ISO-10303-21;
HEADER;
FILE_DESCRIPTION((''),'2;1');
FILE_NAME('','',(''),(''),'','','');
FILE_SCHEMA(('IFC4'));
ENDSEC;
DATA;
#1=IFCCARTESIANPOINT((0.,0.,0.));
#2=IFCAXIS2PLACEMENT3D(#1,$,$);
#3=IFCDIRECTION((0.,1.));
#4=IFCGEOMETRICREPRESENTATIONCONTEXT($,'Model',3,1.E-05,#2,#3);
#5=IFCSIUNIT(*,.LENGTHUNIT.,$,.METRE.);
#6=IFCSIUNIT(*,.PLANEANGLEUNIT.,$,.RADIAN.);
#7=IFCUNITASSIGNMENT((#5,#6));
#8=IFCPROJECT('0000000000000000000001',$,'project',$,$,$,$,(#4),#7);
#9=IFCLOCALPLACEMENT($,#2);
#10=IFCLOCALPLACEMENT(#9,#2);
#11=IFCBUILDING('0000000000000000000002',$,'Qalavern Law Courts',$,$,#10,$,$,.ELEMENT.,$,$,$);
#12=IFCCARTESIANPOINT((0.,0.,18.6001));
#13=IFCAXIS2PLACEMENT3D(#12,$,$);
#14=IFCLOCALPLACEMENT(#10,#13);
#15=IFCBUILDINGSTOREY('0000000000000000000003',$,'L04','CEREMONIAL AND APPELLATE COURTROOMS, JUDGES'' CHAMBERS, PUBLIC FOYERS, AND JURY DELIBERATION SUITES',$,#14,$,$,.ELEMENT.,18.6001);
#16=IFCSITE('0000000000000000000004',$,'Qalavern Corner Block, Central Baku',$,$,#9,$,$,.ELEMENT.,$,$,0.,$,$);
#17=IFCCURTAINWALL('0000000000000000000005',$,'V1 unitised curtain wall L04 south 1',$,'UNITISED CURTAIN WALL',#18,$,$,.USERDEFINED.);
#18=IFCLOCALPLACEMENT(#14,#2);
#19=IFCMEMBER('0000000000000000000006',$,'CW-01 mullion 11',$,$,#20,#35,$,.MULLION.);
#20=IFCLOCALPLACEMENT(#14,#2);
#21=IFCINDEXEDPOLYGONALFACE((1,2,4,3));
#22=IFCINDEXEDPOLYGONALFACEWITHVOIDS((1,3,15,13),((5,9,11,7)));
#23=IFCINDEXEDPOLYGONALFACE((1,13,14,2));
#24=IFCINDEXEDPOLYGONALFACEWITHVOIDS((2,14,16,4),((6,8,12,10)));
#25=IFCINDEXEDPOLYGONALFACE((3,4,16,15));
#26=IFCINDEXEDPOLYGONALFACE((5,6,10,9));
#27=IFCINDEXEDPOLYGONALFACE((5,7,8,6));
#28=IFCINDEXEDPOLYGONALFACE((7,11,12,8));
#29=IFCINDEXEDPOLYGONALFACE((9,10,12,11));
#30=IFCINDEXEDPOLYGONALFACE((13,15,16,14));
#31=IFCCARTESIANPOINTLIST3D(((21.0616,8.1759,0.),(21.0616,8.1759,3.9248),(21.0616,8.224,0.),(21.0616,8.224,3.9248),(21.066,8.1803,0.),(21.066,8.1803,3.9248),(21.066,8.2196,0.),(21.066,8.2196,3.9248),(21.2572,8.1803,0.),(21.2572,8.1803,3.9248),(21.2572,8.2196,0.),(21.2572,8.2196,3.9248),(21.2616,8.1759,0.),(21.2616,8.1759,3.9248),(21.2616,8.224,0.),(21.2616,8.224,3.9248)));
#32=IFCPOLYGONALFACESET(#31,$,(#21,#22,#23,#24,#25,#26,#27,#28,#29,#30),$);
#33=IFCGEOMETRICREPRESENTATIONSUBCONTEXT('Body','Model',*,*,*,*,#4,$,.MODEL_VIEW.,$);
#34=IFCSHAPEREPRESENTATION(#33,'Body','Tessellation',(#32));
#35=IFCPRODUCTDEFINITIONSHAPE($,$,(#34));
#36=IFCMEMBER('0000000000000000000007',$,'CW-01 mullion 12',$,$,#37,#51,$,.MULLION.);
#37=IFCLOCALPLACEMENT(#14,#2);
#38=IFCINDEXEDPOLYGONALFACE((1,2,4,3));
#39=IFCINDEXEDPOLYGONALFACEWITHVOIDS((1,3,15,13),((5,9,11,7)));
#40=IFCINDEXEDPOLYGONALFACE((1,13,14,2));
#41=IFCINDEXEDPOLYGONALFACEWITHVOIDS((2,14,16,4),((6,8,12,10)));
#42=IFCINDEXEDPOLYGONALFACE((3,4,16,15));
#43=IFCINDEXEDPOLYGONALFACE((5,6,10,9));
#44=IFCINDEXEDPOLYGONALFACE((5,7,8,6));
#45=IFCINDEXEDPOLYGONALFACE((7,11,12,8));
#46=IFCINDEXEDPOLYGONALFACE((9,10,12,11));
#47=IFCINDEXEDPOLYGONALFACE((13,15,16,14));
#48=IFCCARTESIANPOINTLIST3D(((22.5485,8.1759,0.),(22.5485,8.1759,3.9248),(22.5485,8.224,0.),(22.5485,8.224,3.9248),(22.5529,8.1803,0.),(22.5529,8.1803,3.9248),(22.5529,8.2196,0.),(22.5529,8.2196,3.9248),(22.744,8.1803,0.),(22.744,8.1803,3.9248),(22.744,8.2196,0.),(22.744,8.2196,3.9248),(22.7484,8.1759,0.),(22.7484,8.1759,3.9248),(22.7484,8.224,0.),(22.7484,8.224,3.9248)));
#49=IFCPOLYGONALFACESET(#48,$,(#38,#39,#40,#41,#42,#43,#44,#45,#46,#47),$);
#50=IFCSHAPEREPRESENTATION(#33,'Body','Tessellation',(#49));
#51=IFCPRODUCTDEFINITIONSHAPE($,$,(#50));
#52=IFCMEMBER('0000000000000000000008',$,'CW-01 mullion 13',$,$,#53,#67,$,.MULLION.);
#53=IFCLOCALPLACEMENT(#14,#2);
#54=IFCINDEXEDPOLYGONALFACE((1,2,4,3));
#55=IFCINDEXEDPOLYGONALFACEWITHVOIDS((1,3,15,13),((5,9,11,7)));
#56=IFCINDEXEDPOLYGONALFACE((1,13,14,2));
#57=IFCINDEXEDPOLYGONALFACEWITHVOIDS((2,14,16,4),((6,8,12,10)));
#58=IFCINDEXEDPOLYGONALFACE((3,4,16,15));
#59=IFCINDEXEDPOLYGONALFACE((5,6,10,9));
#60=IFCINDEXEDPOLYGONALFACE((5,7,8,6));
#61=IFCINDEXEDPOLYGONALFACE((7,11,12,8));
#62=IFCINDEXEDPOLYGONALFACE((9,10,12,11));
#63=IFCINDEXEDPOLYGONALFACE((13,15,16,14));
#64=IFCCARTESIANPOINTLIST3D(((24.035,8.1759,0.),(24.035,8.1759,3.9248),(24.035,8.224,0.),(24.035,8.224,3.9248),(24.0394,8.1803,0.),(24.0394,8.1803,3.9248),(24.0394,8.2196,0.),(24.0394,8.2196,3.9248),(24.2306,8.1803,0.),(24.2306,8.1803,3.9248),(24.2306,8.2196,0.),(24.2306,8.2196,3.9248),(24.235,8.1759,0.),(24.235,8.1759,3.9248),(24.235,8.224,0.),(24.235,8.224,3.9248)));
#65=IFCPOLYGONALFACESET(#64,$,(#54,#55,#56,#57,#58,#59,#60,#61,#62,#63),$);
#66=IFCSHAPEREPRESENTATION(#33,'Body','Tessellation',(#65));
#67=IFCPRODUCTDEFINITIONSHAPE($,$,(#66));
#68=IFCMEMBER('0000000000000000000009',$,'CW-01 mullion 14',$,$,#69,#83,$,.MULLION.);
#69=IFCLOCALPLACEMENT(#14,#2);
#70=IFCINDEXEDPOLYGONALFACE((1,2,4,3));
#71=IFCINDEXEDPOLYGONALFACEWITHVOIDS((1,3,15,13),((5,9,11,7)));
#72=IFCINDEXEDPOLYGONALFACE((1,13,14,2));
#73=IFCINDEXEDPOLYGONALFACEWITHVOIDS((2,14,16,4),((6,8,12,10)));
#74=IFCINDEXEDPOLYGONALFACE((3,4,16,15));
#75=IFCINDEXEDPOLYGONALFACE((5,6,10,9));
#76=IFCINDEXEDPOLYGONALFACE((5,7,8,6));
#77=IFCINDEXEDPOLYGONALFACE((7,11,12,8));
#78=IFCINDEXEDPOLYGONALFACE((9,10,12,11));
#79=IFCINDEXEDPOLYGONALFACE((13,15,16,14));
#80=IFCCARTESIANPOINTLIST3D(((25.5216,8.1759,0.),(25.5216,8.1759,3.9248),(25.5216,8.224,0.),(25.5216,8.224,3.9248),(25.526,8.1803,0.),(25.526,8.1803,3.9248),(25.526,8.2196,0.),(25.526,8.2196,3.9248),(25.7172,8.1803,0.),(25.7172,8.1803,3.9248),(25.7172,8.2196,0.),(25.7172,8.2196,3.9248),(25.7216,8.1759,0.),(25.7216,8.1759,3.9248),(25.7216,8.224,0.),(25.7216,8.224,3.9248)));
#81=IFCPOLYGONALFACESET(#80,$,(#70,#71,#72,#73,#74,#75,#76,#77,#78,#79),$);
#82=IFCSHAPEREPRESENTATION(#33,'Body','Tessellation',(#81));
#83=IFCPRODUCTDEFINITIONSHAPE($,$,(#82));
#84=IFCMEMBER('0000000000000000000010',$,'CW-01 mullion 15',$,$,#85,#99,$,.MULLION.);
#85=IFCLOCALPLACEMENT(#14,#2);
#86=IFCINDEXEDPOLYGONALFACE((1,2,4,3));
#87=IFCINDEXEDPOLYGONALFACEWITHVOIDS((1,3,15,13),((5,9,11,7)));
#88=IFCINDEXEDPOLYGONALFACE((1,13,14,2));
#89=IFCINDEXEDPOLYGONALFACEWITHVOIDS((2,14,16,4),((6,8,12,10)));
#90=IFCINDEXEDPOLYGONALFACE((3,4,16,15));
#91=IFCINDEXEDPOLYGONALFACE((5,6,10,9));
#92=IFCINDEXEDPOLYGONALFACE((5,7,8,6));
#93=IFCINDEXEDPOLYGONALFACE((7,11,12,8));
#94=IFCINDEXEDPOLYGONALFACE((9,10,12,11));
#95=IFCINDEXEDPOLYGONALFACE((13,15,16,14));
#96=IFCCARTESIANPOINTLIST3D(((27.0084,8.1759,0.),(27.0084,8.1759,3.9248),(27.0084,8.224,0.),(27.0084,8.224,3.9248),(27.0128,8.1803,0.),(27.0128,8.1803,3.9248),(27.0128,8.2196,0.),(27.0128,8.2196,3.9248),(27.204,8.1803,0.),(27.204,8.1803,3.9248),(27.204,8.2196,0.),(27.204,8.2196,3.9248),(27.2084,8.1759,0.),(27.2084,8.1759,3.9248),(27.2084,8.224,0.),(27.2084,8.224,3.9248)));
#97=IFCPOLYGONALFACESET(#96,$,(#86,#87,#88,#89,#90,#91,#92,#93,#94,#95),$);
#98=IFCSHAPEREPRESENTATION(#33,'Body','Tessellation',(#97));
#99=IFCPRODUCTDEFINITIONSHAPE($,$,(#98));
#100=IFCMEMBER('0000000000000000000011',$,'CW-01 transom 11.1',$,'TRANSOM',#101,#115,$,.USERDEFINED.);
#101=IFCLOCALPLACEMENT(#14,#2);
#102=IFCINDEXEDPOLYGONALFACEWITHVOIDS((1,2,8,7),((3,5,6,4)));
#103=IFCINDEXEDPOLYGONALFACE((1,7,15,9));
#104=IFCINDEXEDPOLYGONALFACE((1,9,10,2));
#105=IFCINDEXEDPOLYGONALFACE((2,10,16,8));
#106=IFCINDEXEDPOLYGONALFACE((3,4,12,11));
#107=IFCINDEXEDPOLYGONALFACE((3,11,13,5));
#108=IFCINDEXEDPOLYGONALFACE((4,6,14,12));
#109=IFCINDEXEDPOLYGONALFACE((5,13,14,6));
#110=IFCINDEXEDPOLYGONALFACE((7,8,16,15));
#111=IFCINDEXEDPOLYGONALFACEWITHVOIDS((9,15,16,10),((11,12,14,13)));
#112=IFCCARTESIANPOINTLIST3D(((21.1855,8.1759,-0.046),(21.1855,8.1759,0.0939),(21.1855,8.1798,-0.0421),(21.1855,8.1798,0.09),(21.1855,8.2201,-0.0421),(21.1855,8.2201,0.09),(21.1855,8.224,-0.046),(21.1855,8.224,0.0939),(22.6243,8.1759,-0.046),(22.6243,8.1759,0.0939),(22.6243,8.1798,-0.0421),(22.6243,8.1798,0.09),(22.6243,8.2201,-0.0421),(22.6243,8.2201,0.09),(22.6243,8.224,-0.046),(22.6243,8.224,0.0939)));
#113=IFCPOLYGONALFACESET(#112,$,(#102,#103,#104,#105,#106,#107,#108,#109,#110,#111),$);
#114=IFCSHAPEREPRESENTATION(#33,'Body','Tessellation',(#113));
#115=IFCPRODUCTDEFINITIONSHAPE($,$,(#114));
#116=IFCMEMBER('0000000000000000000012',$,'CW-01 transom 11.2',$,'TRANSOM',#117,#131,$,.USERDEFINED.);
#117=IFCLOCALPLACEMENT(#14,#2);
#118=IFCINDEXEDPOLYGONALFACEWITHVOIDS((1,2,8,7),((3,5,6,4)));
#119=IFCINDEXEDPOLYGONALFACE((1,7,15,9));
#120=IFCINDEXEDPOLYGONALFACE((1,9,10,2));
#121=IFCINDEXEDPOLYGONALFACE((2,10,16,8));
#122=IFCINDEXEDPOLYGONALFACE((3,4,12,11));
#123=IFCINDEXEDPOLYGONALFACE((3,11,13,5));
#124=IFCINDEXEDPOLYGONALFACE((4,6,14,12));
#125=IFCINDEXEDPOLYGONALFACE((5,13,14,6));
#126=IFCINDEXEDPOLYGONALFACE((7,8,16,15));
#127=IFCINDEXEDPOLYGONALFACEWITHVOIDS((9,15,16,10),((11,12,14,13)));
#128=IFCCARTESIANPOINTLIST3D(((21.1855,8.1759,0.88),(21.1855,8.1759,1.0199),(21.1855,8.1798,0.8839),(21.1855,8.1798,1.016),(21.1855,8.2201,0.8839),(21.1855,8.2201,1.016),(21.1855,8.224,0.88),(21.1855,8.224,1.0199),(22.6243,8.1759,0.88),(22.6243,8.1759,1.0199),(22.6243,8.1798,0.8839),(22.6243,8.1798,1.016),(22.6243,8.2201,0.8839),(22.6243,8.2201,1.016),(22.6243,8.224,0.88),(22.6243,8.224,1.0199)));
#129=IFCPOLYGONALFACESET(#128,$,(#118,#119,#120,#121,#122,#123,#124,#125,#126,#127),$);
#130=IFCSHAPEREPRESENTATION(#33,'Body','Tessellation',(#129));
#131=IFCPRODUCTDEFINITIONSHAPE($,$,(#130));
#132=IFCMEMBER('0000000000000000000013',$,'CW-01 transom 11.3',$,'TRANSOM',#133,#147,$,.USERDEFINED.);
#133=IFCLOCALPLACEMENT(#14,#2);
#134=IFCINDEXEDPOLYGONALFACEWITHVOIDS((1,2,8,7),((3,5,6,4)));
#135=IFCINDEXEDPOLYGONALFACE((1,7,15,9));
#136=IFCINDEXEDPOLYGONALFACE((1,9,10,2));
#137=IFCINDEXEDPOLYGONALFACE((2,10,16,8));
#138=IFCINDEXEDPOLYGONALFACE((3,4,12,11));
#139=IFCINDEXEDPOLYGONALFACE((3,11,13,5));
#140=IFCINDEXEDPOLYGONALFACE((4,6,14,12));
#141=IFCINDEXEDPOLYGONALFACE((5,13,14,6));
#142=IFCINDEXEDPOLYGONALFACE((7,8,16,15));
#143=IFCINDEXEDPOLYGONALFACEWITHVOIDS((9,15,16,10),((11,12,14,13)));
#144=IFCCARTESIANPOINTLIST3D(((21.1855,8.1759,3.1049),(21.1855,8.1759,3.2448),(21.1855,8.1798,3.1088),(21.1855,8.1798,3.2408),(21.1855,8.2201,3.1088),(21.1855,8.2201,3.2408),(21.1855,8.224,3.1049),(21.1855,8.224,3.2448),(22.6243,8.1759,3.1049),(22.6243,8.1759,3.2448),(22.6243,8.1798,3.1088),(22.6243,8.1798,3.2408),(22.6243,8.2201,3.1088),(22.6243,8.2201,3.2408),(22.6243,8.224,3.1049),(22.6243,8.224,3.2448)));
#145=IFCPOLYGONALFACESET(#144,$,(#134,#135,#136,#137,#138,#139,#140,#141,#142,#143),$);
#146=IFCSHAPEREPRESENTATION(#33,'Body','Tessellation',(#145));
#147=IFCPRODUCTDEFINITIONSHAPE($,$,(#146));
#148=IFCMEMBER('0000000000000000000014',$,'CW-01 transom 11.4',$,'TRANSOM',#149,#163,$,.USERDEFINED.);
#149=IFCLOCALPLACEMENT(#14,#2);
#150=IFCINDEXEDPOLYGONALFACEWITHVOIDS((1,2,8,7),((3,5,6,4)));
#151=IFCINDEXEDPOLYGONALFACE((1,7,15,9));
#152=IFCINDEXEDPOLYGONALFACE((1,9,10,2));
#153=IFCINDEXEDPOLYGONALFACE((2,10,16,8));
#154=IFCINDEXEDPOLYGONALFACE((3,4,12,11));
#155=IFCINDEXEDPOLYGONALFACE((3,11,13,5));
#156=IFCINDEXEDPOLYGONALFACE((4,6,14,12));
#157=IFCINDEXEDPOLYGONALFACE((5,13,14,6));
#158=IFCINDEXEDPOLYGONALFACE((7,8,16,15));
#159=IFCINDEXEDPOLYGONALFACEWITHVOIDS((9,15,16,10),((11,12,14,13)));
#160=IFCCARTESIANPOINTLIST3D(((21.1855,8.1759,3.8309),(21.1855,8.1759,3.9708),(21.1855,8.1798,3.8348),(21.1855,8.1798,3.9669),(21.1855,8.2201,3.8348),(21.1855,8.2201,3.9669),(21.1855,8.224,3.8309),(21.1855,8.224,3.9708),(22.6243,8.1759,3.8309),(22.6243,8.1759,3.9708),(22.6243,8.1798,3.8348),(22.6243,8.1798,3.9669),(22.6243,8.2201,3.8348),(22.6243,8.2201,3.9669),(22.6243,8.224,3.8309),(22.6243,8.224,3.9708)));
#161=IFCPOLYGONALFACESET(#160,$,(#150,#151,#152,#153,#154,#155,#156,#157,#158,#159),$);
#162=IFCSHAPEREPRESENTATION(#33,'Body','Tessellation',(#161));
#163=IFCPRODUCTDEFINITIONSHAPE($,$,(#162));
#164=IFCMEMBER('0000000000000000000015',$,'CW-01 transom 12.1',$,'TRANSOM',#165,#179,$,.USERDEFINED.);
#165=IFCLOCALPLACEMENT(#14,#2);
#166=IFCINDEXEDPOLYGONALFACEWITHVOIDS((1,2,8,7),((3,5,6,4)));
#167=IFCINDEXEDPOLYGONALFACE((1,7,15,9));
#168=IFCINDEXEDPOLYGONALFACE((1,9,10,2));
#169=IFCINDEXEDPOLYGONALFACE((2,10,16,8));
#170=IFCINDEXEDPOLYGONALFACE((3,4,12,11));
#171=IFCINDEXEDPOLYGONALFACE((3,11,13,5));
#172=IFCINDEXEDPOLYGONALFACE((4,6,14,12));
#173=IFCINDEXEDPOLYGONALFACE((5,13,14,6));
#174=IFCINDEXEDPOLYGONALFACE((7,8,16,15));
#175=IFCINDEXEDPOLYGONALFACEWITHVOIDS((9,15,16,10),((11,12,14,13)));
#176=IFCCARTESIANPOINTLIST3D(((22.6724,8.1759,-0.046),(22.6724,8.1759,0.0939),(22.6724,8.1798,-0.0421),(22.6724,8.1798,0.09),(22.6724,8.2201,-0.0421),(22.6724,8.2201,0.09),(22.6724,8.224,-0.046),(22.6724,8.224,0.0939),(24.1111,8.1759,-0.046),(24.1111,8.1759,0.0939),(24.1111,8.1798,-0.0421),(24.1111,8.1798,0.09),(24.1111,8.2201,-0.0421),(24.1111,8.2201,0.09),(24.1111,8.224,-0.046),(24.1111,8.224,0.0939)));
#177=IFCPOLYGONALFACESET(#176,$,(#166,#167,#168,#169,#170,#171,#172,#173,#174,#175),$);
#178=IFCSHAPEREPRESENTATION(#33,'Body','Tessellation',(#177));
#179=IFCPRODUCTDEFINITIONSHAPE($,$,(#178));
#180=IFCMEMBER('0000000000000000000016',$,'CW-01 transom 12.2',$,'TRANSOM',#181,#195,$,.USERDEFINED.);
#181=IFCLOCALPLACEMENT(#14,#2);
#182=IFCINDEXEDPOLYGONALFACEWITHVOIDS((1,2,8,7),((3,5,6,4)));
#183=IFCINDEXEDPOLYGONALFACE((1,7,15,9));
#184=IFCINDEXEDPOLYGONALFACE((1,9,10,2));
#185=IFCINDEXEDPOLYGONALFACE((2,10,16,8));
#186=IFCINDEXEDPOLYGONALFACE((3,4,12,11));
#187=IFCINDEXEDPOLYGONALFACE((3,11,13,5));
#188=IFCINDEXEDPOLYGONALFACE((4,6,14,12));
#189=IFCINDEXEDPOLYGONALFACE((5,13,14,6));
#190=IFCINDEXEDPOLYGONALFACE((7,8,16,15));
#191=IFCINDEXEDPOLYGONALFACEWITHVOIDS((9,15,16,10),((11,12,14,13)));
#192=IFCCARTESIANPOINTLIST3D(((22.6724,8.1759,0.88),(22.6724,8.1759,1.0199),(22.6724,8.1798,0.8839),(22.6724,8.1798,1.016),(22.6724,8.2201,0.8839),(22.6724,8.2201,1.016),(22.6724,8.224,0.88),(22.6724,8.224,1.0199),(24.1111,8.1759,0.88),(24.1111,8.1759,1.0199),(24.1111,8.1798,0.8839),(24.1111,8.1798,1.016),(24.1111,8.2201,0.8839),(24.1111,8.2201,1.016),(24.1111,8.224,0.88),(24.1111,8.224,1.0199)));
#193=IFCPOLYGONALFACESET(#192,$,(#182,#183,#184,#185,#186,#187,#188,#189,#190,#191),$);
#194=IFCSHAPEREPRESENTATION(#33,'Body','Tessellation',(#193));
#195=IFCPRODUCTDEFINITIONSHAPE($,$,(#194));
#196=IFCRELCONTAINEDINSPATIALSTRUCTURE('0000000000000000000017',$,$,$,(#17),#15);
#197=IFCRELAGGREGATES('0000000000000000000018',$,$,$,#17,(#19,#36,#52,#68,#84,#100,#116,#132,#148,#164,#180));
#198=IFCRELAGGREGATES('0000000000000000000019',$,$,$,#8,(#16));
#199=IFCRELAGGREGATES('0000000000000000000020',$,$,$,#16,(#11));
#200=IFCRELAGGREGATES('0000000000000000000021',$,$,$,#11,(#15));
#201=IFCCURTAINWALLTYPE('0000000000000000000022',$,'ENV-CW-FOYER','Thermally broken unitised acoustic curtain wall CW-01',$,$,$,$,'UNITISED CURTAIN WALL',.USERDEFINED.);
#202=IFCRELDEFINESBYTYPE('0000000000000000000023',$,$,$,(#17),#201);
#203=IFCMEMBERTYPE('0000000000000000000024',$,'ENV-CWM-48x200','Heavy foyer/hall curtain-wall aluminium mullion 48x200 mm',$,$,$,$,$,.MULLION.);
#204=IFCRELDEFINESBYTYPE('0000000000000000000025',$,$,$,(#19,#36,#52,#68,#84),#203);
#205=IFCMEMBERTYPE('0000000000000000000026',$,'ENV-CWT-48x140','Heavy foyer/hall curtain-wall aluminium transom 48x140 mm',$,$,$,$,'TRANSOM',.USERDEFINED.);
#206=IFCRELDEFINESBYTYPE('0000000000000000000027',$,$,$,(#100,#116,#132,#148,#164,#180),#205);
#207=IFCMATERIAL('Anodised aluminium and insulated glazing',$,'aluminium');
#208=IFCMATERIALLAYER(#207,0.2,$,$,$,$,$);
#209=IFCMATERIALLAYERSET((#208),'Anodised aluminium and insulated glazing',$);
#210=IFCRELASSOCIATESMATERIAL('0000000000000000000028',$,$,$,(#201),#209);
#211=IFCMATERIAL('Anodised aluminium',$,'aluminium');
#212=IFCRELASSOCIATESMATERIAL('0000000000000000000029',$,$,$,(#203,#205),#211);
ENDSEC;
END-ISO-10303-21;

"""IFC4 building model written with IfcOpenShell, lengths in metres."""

from ifc_helpers import new_model, si_unit, direction, frame, origin, origin_2d, place, context, subcontext, project, spatial, hollow_rectangle, extrude, material, layer, layer_set, material_profile, profile_set, type_object, element, aggregate, save


model = new_model("IFC4")

# Units and contexts
model_context = context("Model", 3, precision=1e-05, world=origin(), true_north=direction((0.0, 1.0)))
body_context = subcontext(model_context, "Body", "Model", "MODEL_VIEW")
ifc_project = project(units=[si_unit("LENGTHUNIT", "METRE"), si_unit("PLANEANGLEUNIT", "RADIAN")], contexts=[model_context])

# Site, building, storey
site_placement = place(None, origin())
site = spatial("IfcSite", under=ifc_project, at=site_placement, Name="Qalavern Corner Block, Central Baku", CompositionType="ELEMENT", RefElevation=0.0)
building_placement = place(site_placement, origin())
building = spatial("IfcBuilding", under=site, at=building_placement, Name="Qalavern Law Courts", CompositionType="ELEMENT")
storey_placement = place(building_placement, frame((0.0, 0.0, 18.6001)))
storey = spatial("IfcBuildingStorey", under=building, at=storey_placement, Name="L04", Description="CEREMONIAL AND APPELLATE COURTROOMS, JUDGES' CHAMBERS, PUBLIC FOYERS, AND JURY DELIBERATION SUITES", CompositionType="ELEMENT", Elevation=18.6001)

# Curtain wall, members
ifc_material_1 = material(Name="Anodised aluminium and insulated glazing", Category="aluminium")
ifc_layer_1 = layer(ifc_material_1, 0.2)
ifc_layer_set_1 = layer_set([ifc_layer_1], Name="Anodised aluminium and insulated glazing")
curtain_wall_type = type_object("IfcCurtainWallType", Name="ENV-CW-FOYER", Description="Thermally broken unitised acoustic curtain wall CW-01", ElementType="UNITISED CURTAIN WALL", PredefinedType="USERDEFINED", material=ifc_layer_set_1)
curtain_wall_placement = place(storey_placement, origin())
curtain_wall = element("IfcCurtainWall", 1, at=curtain_wall_placement, inside=storey, type_object=curtain_wall_type, Name="V1 unitised curtain wall L04 south 1", ObjectType="UNITISED CURTAIN WALL", PredefinedType="USERDEFINED")
ifc_material_2 = material(Name="Anodised aluminium", Category="aluminium")
ifc_material_profile_1 = material_profile(ifc_material_2, hollow_rectangle(XDim=0.0481, YDim=0.2, WallThickness=0.0044, at=origin_2d()), Name="ALU MULLION 48x200")
ifc_profile_set_1 = profile_set([ifc_material_profile_1], Name="Anodised aluminium")
member_type_1 = type_object("IfcMemberType", Name="ENV-CWM-48x200", Description="Heavy foyer/hall curtain-wall aluminium mullion 48x200 mm", PredefinedType="MULLION", material=ifc_profile_set_1)
member_1_placement = place(storey_placement, frame((21.1616, 8.2, 0.0), z_axis=(0.0, 0.0, 1.0), x_axis=(0.0, 1.0, 0.0)))
member_1 = element("IfcMember", 2, at=member_1_placement, type_object=member_type_1, Name="CW-01 mullion 11", PredefinedType="MULLION", context=body_context, shape_type="SweptSolid", body=[
    extrude(hollow_rectangle(XDim=0.0481, YDim=0.2, WallThickness=0.0044, at=origin_2d()), origin(), (0.0, 0.0, 1.0), 3.9248),
])
member_2_placement = place(storey_placement, frame((22.6484, 8.2, 0.0), z_axis=(0.0, 0.0, 1.0), x_axis=(0.0, 1.0, 0.0)))
member_2 = element("IfcMember", 3, at=member_2_placement, type_object=member_type_1, Name="CW-01 mullion 12", PredefinedType="MULLION", context=body_context, shape_type="SweptSolid", body=[
    extrude(hollow_rectangle(XDim=0.0481, YDim=0.2, WallThickness=0.0044, at=origin_2d()), origin(), (0.0, 0.0, 1.0), 3.9248),
])
member_3_placement = place(storey_placement, frame((24.135, 8.2, 0.0), z_axis=(0.0, 0.0, 1.0), x_axis=(0.0, 1.0, 0.0)))
member_3 = element("IfcMember", 4, at=member_3_placement, type_object=member_type_1, Name="CW-01 mullion 13", PredefinedType="MULLION", context=body_context, shape_type="SweptSolid", body=[
    extrude(hollow_rectangle(XDim=0.0481, YDim=0.2, WallThickness=0.0044, at=origin_2d()), origin(), (0.0, 0.0, 1.0), 3.9248),
])
member_4_placement = place(storey_placement, frame((25.6216, 8.2, 0.0), z_axis=(0.0, 0.0, 1.0), x_axis=(0.0, 1.0, 0.0)))
member_4 = element("IfcMember", 5, at=member_4_placement, type_object=member_type_1, Name="CW-01 mullion 14", PredefinedType="MULLION", context=body_context, shape_type="SweptSolid", body=[
    extrude(hollow_rectangle(XDim=0.0481, YDim=0.2, WallThickness=0.0044, at=origin_2d()), origin(), (0.0, 0.0, 1.0), 3.9248),
])
member_5_placement = place(storey_placement, frame((27.1084, 8.2, 0.0), z_axis=(0.0, 0.0, 1.0), x_axis=(0.0, 1.0, 0.0)))
member_5 = element("IfcMember", 6, at=member_5_placement, type_object=member_type_1, Name="CW-01 mullion 15", PredefinedType="MULLION", context=body_context, shape_type="SweptSolid", body=[
    extrude(hollow_rectangle(XDim=0.0481, YDim=0.2, WallThickness=0.0044, at=origin_2d()), origin(), (0.0, 0.0, 1.0), 3.9248),
])
ifc_material_profile_2 = material_profile(ifc_material_2, hollow_rectangle(XDim=0.0481, YDim=0.1399, WallThickness=0.0039, at=origin_2d()), Name="ALU TRANSOM 48x140")
ifc_profile_set_2 = profile_set([ifc_material_profile_2], Name="Anodised aluminium")
member_type_2 = type_object("IfcMemberType", Name="ENV-CWT-48x140", Description="Heavy foyer/hall curtain-wall aluminium transom 48x140 mm", ElementType="TRANSOM", PredefinedType="USERDEFINED", material=ifc_profile_set_2)
member_6_placement = place(storey_placement, frame((21.1855, 8.2, 0.0239), z_axis=(1.0, 0.0, 0.0), x_axis=(0.0, 1.0, 0.0)))
member_6 = element("IfcMember", 7, at=member_6_placement, type_object=member_type_2, Name="CW-01 transom 11.1", ObjectType="TRANSOM", PredefinedType="USERDEFINED", context=body_context, shape_type="SweptSolid", body=[
    extrude(hollow_rectangle(XDim=0.0481, YDim=0.1399, WallThickness=0.0039, at=origin_2d()), origin(), (0.0, 0.0, 1.0), 1.4387),
])
member_7_placement = place(storey_placement, frame((21.1855, 8.2, 0.95), z_axis=(1.0, 0.0, 0.0), x_axis=(0.0, 1.0, 0.0)))
member_7 = element("IfcMember", 8, at=member_7_placement, type_object=member_type_2, Name="CW-01 transom 11.2", ObjectType="TRANSOM", PredefinedType="USERDEFINED", context=body_context, shape_type="SweptSolid", body=[
    extrude(hollow_rectangle(XDim=0.0481, YDim=0.1399, WallThickness=0.0039, at=origin_2d()), origin(), (0.0, 0.0, 1.0), 1.4387),
])
member_8_placement = place(storey_placement, frame((21.1855, 8.2, 3.1748), z_axis=(1.0, 0.0, 0.0), x_axis=(0.0, 1.0, 0.0)))
member_8 = element("IfcMember", 9, at=member_8_placement, type_object=member_type_2, Name="CW-01 transom 11.3", ObjectType="TRANSOM", PredefinedType="USERDEFINED", context=body_context, shape_type="SweptSolid", body=[
    extrude(hollow_rectangle(XDim=0.0481, YDim=0.1399, WallThickness=0.0039, at=origin_2d()), origin(), (0.0, 0.0, 1.0), 1.4387),
])
member_9_placement = place(storey_placement, frame((21.1855, 8.2, 3.9009), z_axis=(1.0, 0.0, 0.0), x_axis=(0.0, 1.0, 0.0)))
member_9 = element("IfcMember", 10, at=member_9_placement, type_object=member_type_2, Name="CW-01 transom 11.4", ObjectType="TRANSOM", PredefinedType="USERDEFINED", context=body_context, shape_type="SweptSolid", body=[
    extrude(hollow_rectangle(XDim=0.0481, YDim=0.1399, WallThickness=0.0039, at=origin_2d()), origin(), (0.0, 0.0, 1.0), 1.4387),
])
member_10_placement = place(storey_placement, frame((22.6724, 8.2, 0.0239), z_axis=(1.0, 0.0, 0.0), x_axis=(0.0, 1.0, 0.0)))
member_10 = element("IfcMember", 11, at=member_10_placement, type_object=member_type_2, Name="CW-01 transom 12.1", ObjectType="TRANSOM", PredefinedType="USERDEFINED", context=body_context, shape_type="SweptSolid", body=[
    extrude(hollow_rectangle(XDim=0.0481, YDim=0.1399, WallThickness=0.0039, at=origin_2d()), origin(), (0.0, 0.0, 1.0), 1.4387),
])
member_11_placement = place(storey_placement, frame((22.6724, 8.2, 0.95), z_axis=(1.0, 0.0, 0.0), x_axis=(0.0, 1.0, 0.0)))
member_11 = element("IfcMember", 12, at=member_11_placement, type_object=member_type_2, Name="CW-01 transom 12.2", ObjectType="TRANSOM", PredefinedType="USERDEFINED", context=body_context, shape_type="SweptSolid", body=[
    extrude(hollow_rectangle(XDim=0.0481, YDim=0.1399, WallThickness=0.0039, at=origin_2d()), origin(), (0.0, 0.0, 1.0), 1.4387),
])

aggregate(curtain_wall, [member_1, member_2, member_3, member_4, member_5, member_6, member_7, member_8, member_9, member_10, member_11])

save(model, "model.ifc")
